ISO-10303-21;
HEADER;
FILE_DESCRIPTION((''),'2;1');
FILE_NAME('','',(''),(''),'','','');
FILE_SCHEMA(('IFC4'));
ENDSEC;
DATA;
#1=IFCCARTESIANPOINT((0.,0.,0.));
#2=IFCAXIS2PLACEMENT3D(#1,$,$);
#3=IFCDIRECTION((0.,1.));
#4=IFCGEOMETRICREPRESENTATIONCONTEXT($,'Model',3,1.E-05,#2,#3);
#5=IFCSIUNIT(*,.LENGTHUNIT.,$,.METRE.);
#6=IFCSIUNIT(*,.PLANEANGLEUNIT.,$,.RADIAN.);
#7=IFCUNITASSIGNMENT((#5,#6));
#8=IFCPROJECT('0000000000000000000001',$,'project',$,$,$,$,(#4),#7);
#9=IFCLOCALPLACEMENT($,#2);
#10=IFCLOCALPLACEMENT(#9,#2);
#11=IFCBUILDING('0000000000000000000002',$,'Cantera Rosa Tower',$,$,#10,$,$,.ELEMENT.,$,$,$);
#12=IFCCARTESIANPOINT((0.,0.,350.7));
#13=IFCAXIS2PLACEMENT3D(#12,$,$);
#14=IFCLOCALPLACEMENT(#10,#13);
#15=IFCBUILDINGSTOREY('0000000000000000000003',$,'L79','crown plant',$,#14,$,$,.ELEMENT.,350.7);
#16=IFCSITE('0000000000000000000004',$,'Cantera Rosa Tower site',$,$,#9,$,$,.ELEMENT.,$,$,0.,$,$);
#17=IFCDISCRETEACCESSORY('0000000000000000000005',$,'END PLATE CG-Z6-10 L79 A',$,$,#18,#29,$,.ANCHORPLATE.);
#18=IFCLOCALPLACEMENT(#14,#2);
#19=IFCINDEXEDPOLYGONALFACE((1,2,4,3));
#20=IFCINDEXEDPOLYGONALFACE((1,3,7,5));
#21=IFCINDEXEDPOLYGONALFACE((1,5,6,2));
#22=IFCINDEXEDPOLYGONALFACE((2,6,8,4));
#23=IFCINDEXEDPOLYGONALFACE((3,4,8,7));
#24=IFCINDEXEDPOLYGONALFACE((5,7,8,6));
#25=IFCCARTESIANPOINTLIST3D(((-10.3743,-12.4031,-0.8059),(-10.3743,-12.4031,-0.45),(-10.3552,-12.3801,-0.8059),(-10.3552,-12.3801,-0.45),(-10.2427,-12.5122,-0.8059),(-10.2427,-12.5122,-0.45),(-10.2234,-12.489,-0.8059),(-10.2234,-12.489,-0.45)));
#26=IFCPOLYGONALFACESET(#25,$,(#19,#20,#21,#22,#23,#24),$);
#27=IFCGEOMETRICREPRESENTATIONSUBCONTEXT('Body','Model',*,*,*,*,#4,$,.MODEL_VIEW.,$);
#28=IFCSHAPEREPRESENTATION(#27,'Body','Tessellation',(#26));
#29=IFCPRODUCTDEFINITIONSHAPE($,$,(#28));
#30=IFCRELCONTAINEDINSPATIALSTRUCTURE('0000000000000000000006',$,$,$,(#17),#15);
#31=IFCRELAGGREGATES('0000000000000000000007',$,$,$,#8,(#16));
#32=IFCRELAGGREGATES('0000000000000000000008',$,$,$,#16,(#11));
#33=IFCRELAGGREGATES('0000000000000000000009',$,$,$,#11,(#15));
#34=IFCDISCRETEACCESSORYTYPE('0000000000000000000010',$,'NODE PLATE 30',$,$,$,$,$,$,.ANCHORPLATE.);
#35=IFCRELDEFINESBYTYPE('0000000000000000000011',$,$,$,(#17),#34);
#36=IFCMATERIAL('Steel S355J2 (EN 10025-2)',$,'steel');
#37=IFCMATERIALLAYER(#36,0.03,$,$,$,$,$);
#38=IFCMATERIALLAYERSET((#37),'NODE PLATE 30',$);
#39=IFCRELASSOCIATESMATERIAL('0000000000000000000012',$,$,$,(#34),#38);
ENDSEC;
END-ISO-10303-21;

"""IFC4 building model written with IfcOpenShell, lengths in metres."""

from ifc_helpers import new_model, si_unit, direction, frame, origin, place, context, subcontext, project, spatial, polyline, outline, extrude, material, layer, layer_set, type_object, element, save


model = new_model("IFC4")

# Units and contexts
model_context = context("Model", 3, precision=1e-05, world=origin(), true_north=direction((0.0, 1.0)))
body_context = subcontext(model_context, "Body", "Model", "MODEL_VIEW")
ifc_project = project(units=[si_unit("LENGTHUNIT", "METRE"), si_unit("PLANEANGLEUNIT", "RADIAN")], contexts=[model_context])

# Site, building, storey
site_placement = place(None, origin())
site = spatial("IfcSite", under=ifc_project, at=site_placement, Name="Cantera Rosa Tower site", CompositionType="ELEMENT", RefElevation=0.0)
building_placement = place(site_placement, origin())
building = spatial("IfcBuilding", under=site, at=building_placement, Name="Cantera Rosa Tower", CompositionType="ELEMENT")
storey_placement = place(building_placement, frame((0.0, 0.0, 350.7)))
storey = spatial("IfcBuildingStorey", under=building, at=storey_placement, Name="L79", Description="crown plant", CompositionType="ELEMENT", Elevation=350.7)

# Discrete accessory
ifc_material_1 = material(Name="Steel S355J2 (EN 10025-2)", Category="steel")
ifc_layer_1 = layer(ifc_material_1, 0.03)
ifc_layer_set_1 = layer_set([ifc_layer_1], Name="NODE PLATE 30")
discrete_accessory_type = type_object("IfcDiscreteAccessoryType", Name="NODE PLATE 30", PredefinedType="ANCHORPLATE", material=ifc_layer_set_1)
discrete_accessory_1_placement = place(storey_placement, frame((0.0, 0.0, -0.8059)))
element("IfcDiscreteAccessory", 1, at=discrete_accessory_1_placement, inside=storey, type_object=discrete_accessory_type, Name="END PLATE CG-Z6-10 L79 A", PredefinedType="ANCHORPLATE", context=body_context, shape_type="SweptSolid", body=[
    extrude(outline(polyline([(-10.2234, -12.489), (-10.2427, -12.5122), (-10.3743, -12.4031), (-10.3552, -12.3801), (-10.2234, -12.489)])), origin(), (0.0, 0.0, 1.0), 0.356),
])

save(model, "model.ifc")
